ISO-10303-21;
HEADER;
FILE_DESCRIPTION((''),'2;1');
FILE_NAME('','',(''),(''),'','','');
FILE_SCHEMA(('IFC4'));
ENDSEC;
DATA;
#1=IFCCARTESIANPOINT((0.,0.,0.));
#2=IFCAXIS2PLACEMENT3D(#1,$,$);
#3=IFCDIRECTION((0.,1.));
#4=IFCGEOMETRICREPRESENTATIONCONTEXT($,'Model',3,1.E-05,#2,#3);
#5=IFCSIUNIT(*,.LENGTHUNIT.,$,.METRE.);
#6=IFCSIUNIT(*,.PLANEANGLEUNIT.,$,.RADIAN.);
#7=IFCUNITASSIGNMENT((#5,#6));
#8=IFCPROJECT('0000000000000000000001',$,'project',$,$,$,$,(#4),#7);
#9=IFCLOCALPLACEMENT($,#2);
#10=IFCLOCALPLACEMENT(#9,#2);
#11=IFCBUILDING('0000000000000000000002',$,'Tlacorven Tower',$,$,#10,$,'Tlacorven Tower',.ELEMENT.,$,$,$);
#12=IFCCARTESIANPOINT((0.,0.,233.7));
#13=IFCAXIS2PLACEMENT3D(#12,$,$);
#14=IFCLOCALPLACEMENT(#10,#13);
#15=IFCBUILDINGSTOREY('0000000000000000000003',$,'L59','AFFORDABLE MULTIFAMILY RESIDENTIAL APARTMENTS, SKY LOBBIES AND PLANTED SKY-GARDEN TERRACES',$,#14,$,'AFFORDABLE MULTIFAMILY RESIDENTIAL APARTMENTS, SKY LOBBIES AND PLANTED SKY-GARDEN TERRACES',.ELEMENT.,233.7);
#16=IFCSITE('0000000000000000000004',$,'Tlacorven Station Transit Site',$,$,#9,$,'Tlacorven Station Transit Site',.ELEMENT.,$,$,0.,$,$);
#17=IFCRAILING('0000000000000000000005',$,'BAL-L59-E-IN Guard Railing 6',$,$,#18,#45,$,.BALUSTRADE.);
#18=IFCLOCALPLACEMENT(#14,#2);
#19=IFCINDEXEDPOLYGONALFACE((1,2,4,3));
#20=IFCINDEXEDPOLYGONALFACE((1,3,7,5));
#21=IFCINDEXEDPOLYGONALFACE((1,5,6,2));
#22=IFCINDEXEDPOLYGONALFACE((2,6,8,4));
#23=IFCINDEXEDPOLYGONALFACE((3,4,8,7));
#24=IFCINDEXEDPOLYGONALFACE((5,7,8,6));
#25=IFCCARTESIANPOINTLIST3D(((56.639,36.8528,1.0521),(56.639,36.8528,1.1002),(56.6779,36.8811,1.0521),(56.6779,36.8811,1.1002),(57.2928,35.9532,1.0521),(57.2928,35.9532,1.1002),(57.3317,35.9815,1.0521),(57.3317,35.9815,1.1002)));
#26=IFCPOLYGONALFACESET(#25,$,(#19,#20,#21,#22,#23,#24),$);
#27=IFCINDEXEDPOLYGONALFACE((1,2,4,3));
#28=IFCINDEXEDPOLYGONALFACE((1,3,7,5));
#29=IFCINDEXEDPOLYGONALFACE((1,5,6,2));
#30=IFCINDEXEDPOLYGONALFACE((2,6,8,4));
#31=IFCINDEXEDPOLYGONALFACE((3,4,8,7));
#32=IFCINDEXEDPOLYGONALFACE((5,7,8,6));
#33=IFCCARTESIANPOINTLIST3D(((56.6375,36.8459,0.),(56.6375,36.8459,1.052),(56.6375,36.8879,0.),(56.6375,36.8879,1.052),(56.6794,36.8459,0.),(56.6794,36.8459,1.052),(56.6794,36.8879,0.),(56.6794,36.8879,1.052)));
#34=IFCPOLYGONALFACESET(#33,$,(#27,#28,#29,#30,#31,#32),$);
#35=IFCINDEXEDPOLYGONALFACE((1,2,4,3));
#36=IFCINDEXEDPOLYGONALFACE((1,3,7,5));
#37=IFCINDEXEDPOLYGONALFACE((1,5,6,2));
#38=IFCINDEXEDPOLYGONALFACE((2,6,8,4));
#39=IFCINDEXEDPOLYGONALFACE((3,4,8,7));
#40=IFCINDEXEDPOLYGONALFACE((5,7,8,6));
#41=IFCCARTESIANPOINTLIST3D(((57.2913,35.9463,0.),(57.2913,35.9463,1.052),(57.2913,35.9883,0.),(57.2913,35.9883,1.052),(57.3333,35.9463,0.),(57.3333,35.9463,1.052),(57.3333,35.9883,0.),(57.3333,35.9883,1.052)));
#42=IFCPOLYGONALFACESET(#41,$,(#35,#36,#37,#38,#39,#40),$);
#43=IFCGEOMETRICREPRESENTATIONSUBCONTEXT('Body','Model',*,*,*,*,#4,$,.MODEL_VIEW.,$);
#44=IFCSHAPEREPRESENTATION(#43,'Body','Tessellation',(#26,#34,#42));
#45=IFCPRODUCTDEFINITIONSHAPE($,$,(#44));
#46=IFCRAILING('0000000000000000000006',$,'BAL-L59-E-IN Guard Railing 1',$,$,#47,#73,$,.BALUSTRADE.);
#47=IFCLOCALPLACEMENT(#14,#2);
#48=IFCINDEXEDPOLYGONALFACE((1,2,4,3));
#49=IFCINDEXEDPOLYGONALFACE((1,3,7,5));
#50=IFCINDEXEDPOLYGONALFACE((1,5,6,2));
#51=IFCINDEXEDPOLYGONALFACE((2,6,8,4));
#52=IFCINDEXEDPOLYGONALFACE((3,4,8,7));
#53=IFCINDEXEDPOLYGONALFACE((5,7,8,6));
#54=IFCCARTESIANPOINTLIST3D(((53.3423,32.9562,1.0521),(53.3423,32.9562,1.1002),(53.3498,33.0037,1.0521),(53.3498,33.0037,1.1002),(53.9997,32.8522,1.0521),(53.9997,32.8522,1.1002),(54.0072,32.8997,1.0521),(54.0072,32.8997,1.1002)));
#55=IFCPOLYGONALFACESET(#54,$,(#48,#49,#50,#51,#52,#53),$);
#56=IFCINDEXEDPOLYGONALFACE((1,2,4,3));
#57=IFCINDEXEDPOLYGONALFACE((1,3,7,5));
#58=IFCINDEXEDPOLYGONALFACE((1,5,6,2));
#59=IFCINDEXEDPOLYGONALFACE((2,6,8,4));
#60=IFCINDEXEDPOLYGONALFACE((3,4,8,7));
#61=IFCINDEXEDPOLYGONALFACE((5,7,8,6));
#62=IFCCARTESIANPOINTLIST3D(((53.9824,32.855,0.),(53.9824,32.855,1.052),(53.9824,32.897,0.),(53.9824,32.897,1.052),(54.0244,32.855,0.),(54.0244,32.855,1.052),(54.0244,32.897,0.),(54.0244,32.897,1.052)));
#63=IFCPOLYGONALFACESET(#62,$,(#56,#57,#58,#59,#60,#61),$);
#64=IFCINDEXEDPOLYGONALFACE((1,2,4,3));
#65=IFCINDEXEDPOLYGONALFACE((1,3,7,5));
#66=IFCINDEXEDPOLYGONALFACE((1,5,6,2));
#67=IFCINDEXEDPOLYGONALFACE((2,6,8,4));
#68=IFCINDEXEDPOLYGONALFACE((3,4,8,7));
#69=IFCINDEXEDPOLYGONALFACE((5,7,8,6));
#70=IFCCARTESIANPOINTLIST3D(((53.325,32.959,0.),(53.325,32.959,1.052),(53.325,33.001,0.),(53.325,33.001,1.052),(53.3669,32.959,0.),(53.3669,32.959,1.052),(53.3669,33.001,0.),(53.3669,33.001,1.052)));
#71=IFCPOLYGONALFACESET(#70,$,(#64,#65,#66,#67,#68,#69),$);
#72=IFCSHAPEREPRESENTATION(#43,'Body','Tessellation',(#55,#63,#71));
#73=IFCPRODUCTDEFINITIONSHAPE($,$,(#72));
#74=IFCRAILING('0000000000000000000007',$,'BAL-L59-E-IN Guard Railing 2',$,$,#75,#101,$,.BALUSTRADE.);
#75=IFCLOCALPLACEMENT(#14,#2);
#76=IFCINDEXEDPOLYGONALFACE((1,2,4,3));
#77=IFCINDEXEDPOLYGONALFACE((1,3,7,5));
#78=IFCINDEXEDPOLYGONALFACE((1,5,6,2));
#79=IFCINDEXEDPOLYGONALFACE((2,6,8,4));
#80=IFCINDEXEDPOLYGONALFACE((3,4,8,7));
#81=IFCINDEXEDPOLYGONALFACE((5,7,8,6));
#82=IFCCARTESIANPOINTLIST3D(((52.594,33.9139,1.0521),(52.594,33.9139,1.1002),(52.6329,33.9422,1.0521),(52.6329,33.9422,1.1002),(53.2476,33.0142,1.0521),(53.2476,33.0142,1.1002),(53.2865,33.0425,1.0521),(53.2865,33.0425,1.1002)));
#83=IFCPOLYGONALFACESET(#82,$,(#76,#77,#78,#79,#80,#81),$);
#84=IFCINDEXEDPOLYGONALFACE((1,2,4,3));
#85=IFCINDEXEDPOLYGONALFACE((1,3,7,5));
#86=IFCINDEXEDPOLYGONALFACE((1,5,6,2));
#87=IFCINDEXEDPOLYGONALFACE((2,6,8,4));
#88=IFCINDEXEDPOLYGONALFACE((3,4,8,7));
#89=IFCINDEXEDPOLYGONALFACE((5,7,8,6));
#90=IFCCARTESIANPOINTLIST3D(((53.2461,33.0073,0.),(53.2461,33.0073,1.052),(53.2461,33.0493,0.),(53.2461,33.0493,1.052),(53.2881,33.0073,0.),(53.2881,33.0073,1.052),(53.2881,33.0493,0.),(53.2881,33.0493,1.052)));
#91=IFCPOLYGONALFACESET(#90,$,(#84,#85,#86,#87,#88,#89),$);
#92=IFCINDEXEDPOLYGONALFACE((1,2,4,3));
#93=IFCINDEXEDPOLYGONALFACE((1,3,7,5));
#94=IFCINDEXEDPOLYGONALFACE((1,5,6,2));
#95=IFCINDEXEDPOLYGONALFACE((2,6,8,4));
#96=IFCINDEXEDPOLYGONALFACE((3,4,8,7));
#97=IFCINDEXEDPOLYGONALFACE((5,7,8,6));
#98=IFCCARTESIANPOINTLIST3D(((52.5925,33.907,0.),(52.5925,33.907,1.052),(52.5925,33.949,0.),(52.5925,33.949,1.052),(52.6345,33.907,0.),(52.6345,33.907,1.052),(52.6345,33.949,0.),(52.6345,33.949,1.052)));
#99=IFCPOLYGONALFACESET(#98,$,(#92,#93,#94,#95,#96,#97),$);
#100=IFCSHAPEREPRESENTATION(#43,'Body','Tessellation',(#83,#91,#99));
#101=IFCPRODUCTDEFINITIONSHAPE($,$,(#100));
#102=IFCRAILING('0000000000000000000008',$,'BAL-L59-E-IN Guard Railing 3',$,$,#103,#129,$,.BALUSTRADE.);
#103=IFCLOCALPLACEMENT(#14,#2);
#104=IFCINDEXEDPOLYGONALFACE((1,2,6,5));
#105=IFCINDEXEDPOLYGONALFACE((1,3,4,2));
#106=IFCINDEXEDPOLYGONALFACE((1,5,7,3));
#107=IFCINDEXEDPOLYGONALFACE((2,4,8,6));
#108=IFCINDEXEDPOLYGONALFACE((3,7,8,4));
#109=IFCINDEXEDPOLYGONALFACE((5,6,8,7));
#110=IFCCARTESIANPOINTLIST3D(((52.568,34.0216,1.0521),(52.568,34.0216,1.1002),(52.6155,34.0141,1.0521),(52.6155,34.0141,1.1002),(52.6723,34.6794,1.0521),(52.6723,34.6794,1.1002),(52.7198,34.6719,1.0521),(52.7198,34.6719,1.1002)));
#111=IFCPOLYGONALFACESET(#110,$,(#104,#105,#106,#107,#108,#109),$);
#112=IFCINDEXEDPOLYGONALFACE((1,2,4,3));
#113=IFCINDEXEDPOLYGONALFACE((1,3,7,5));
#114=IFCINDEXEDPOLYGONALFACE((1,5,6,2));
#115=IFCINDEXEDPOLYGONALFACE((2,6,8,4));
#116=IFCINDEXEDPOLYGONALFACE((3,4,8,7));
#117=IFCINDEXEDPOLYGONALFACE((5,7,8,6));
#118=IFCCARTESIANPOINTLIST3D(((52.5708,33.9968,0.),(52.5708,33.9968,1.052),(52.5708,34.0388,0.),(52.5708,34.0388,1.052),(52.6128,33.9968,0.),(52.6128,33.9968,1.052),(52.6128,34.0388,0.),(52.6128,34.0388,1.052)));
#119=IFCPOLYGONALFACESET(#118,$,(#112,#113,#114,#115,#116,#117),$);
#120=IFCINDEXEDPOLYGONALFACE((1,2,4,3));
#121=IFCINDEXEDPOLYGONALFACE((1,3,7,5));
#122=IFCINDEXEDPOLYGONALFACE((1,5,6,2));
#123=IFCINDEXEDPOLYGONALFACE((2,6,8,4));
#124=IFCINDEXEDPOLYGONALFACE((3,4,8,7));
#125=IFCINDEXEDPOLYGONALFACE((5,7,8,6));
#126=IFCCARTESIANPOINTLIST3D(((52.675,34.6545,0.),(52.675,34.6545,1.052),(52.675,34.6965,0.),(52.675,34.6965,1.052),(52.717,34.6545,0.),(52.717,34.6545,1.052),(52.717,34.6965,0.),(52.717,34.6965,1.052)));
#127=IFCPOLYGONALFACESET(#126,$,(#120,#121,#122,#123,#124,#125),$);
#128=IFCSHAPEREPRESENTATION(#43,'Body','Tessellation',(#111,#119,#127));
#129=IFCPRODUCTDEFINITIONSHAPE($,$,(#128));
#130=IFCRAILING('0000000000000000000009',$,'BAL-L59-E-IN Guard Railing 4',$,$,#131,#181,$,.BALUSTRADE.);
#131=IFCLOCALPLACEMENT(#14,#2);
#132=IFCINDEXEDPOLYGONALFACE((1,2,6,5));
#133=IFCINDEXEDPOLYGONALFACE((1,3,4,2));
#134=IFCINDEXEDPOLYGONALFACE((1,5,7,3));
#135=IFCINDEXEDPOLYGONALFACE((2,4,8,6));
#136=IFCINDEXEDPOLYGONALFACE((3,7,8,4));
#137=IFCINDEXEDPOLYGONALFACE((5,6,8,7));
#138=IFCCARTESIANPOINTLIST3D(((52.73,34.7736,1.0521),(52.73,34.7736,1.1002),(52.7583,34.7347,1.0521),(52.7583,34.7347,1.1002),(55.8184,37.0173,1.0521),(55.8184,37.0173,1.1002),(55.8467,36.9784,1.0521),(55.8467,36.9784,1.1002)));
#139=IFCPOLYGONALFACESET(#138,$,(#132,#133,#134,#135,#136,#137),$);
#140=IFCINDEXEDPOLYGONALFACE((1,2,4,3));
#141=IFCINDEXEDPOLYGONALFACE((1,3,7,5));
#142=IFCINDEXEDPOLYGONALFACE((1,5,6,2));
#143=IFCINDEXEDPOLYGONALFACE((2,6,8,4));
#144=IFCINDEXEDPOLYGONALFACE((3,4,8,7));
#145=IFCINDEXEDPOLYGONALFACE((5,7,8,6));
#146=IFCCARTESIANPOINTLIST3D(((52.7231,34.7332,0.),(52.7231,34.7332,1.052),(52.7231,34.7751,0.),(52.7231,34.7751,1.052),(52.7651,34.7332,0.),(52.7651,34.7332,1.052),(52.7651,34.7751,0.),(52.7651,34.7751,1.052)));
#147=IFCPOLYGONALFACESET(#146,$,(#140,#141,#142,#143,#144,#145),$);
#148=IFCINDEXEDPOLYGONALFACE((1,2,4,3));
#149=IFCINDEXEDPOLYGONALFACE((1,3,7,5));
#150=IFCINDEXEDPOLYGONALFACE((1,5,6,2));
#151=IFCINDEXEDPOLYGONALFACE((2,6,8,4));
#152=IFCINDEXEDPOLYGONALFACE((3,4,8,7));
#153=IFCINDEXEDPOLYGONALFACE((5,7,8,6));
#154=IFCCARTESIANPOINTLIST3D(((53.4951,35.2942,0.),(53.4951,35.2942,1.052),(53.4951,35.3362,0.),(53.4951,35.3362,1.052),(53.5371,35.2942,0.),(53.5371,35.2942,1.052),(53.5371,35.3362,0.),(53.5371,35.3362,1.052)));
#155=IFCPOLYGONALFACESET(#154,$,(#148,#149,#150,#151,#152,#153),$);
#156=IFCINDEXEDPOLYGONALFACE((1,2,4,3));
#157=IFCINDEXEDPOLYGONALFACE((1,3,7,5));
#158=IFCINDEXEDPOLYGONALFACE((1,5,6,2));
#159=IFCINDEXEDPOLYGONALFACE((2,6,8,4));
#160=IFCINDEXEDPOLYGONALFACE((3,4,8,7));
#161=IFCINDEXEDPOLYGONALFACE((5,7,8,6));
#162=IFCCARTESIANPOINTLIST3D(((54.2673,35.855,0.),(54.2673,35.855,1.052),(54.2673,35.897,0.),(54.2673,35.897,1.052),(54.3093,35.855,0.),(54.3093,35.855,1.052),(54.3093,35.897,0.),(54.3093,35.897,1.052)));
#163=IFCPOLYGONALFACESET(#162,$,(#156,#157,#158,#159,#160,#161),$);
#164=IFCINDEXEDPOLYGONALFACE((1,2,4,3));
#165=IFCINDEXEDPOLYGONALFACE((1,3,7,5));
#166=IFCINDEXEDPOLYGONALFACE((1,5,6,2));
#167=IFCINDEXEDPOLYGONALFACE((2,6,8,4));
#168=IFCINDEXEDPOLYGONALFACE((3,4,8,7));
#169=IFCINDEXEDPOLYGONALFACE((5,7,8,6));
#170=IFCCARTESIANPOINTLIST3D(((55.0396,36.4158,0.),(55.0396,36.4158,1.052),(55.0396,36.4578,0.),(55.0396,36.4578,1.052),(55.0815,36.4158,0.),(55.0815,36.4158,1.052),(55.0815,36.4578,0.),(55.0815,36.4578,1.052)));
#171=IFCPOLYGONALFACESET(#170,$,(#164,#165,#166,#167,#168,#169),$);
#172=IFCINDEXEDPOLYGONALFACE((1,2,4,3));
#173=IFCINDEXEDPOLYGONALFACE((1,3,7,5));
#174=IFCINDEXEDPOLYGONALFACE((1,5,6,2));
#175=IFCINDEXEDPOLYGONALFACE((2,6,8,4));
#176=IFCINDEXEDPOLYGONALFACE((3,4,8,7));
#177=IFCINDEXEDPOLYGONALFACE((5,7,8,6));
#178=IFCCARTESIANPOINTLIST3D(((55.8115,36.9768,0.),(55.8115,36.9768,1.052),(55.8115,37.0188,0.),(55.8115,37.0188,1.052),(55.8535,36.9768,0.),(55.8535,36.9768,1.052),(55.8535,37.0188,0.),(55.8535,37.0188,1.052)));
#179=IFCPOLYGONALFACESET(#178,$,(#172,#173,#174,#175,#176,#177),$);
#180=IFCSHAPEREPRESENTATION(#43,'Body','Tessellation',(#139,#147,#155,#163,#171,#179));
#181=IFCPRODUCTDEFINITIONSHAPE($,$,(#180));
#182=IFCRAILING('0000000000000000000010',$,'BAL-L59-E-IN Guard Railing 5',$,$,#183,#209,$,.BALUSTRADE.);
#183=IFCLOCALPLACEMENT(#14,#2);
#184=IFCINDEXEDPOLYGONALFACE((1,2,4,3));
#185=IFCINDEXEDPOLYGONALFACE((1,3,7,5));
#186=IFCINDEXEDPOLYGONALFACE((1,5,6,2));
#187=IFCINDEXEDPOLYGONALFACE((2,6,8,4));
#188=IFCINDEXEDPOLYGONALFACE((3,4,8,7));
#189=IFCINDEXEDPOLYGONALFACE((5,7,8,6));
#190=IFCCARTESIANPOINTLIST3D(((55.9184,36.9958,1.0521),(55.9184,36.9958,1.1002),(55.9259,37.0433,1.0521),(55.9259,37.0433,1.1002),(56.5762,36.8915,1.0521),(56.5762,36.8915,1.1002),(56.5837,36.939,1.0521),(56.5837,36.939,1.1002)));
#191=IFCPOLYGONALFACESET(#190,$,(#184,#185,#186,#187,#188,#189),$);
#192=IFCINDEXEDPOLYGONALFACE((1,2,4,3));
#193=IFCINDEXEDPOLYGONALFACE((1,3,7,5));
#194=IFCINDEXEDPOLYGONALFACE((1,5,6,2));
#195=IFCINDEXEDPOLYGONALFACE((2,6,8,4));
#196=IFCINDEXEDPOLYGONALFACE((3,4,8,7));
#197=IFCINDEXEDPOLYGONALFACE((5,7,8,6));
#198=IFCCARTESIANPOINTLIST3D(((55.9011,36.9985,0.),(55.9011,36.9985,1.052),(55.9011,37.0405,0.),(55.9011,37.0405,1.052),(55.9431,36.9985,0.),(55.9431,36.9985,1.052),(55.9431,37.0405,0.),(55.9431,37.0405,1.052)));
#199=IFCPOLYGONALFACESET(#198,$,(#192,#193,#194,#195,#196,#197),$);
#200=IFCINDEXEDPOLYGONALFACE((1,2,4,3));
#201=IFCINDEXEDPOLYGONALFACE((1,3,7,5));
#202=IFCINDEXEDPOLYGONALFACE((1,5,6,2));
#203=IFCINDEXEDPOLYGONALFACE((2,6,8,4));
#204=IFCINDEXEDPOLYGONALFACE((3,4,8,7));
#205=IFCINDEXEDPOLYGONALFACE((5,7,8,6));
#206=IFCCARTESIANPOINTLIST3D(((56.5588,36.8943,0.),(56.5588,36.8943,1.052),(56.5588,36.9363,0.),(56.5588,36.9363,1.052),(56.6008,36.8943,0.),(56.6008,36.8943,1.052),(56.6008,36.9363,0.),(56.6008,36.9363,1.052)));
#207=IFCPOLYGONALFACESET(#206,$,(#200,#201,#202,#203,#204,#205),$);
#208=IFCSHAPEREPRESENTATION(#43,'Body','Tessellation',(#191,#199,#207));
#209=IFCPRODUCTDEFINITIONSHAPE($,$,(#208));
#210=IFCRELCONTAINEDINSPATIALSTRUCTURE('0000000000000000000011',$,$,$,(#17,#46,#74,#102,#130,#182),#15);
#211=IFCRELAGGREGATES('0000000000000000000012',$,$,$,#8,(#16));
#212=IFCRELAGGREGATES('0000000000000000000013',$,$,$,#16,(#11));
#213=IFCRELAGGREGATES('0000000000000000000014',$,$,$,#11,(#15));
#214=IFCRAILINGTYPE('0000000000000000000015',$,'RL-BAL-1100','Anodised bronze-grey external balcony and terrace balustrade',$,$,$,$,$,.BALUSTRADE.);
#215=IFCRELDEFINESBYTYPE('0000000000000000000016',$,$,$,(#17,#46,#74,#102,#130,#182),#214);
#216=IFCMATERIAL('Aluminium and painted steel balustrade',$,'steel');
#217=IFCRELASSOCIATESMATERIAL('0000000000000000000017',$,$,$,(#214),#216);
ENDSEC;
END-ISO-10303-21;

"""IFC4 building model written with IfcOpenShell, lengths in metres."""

from ifc_helpers import new_model, si_unit, direction, frame, origin, origin_2d, place, context, subcontext, project, spatial, rectangle, extrude, source, transform, mapped, material, type_object, element, save


model = new_model("IFC4")

# Units and contexts
model_context = context("Model", 3, precision=1e-05, world=origin(), true_north=direction((0.0, 1.0)))
body_context = subcontext(model_context, "Body", "Model", "MODEL_VIEW")
ifc_project = project(units=[si_unit("LENGTHUNIT", "METRE"), si_unit("PLANEANGLEUNIT", "RADIAN")], contexts=[model_context])

# Site, building, storey
site_placement = place(None, origin())
site = spatial("IfcSite", under=ifc_project, at=site_placement, Name="Tlacorven Station Transit Site", LongName="Tlacorven Station Transit Site", CompositionType="ELEMENT", RefElevation=0.0)
building_placement = place(site_placement, origin())
building = spatial("IfcBuilding", under=site, at=building_placement, Name="Tlacorven Tower", LongName="Tlacorven Tower", CompositionType="ELEMENT")
storey_placement = place(building_placement, frame((0.0, 0.0, 233.7)))
storey = spatial("IfcBuildingStorey", under=building, at=storey_placement, Name="L59", Description="AFFORDABLE MULTIFAMILY RESIDENTIAL APARTMENTS, SKY LOBBIES AND PLANTED SKY-GARDEN TERRACES", LongName="AFFORDABLE MULTIFAMILY RESIDENTIAL APARTMENTS, SKY LOBBIES AND PLANTED SKY-GARDEN TERRACES", CompositionType="ELEMENT", Elevation=233.7)

# Railings
ifc_material_1 = material(Name="Aluminium and painted steel balustrade", Category="steel")
railing_type_1 = type_object("IfcRailingType", Name="RL-BAL-1100", Description="Anodised bronze-grey external balcony and terrace balustrade", PredefinedType="BALUSTRADE", material=ifc_material_1)
shared_shape_1 = source(origin(), body_context, "Body", "SweptSolid", [
    extrude(rectangle(XDim=0.0481, YDim=0.0481, at=origin_2d()), frame((0.0, 0.0, 1.0762), z_axis=(0.587884, -0.808945, 0.0), x_axis=(0.808945, 0.587884, 0.0)), (0.0, 0.0, 1.0), 1.1121),
    extrude(rectangle(XDim=0.042, YDim=0.042, at=origin_2d()), origin(), (0.0, 0.0, 1.0), 1.052),
    extrude(rectangle(XDim=0.042, YDim=0.042, at=origin_2d()), frame((0.6538, -0.8997, 0.0)), (0.0, 0.0, 1.0), 1.052),
])
railing_1_placement = place(storey_placement, frame((56.6584, 36.8669, 0.0)))
element("IfcRailing", 1, at=railing_1_placement, inside=storey, type_object=railing_type_1, Name="BAL-L59-E-IN Guard Railing 6", PredefinedType="BALUSTRADE", context=body_context, shape_type="MappedRepresentation", body=[
    mapped(shared_shape_1, transform((0.0, 0.0, 0.0), scale=1.0)),
])
shared_shape_2 = source(origin(), body_context, "Body", "SweptSolid", [
    extrude(rectangle(XDim=0.0481, YDim=0.0481, at=origin_2d()), frame((0.0, 0.0, 1.0762), z_axis=(-0.987718, 0.156245, 0.0), x_axis=(-0.156245, -0.987718, 0.0)), (0.0, 0.0, 1.0), 0.6655),
    extrude(rectangle(XDim=0.042, YDim=0.042, at=origin_2d()), origin(), (0.0, 0.0, 1.0), 1.052),
    extrude(rectangle(XDim=0.042, YDim=0.042, at=origin_2d()), frame((-0.6575, 0.104, 0.0)), (0.0, 0.0, 1.0), 1.052),
])
railing_2_placement = place(storey_placement, frame((54.0034, 32.876, 0.0)))
element("IfcRailing", 2, at=railing_2_placement, inside=storey, type_object=railing_type_1, Name="BAL-L59-E-IN Guard Railing 1", PredefinedType="BALUSTRADE", context=body_context, shape_type="MappedRepresentation", body=[
    mapped(shared_shape_2, transform((0.0, 0.0, 0.0), scale=1.0)),
])
shared_shape_3 = source(origin(), body_context, "Body", "SweptSolid", [
    extrude(rectangle(XDim=0.0481, YDim=0.0481, at=origin_2d()), frame((0.0, 0.0, 1.0762), z_axis=(-0.587741, 0.809049, 0.0), x_axis=(-0.809049, -0.587741, 0.0)), (0.0, 0.0, 1.0), 1.1121),
    extrude(rectangle(XDim=0.042, YDim=0.042, at=origin_2d()), origin(), (0.0, 0.0, 1.0), 1.052),
    extrude(rectangle(XDim=0.042, YDim=0.042, at=origin_2d()), frame((-0.6536, 0.8997, 0.0)), (0.0, 0.0, 1.0), 1.052),
])
railing_3_placement = place(storey_placement, frame((53.2671, 33.0283, 0.0)))
element("IfcRailing", 3, at=railing_3_placement, inside=storey, type_object=railing_type_1, Name="BAL-L59-E-IN Guard Railing 2", PredefinedType="BALUSTRADE", context=body_context, shape_type="MappedRepresentation", body=[
    mapped(shared_shape_3, transform((0.0, 0.0, 0.0), scale=1.0)),
])
shared_shape_4 = source(origin(), body_context, "Body", "SweptSolid", [
    extrude(rectangle(XDim=0.0481, YDim=0.0481, at=origin_2d()), frame((0.0, 0.0, 1.0762), z_axis=(0.156546, 0.987671, 0.0), x_axis=(-0.987671, 0.156546, 0.0)), (0.0, 0.0, 1.0), 0.666),
    extrude(rectangle(XDim=0.042, YDim=0.042, at=origin_2d()), origin(), (0.0, 0.0, 1.0), 1.052),
    extrude(rectangle(XDim=0.042, YDim=0.042, at=origin_2d()), frame((0.1042, 0.6577, 0.0)), (0.0, 0.0, 1.0), 1.052),
])
railing_4_placement = place(storey_placement, frame((52.5918, 34.0178, 0.0)))
element("IfcRailing", 4, at=railing_4_placement, inside=storey, type_object=railing_type_1, Name="BAL-L59-E-IN Guard Railing 3", PredefinedType="BALUSTRADE", context=body_context, shape_type="MappedRepresentation", body=[
    mapped(shared_shape_4, transform((0.0, 0.0, 0.0), scale=1.0)),
])
shared_shape_5 = source(origin(), body_context, "Body", "SweptSolid", [
    extrude(rectangle(XDim=0.0481, YDim=0.0481, at=origin_2d()), frame((0.0, 0.0, 1.0762), z_axis=(0.80904, 0.587753, 0.0), x_axis=(-0.587753, 0.80904, 0.0)), (0.0, 0.0, 1.0), 3.8174),
    extrude(rectangle(XDim=0.042, YDim=0.042, at=origin_2d()), origin(), (0.0, 0.0, 1.0), 1.052),
    extrude(rectangle(XDim=0.042, YDim=0.042, at=origin_2d()), frame((0.772, 0.561, 0.0)), (0.0, 0.0, 1.0), 1.052),
    extrude(rectangle(XDim=0.042, YDim=0.042, at=origin_2d()), frame((1.5442, 1.1218, 0.0)), (0.0, 0.0, 1.0), 1.052),
    extrude(rectangle(XDim=0.042, YDim=0.042, at=origin_2d()), frame((2.3164, 1.6826, 0.0)), (0.0, 0.0, 1.0), 1.052),
    extrude(rectangle(XDim=0.042, YDim=0.042, at=origin_2d()), frame((3.0884, 2.2437, 0.0)), (0.0, 0.0, 1.0), 1.052),
])
railing_5_placement = place(storey_placement, frame((52.7441, 34.7542, 0.0)))
element("IfcRailing", 5, at=railing_5_placement, inside=storey, type_object=railing_type_1, Name="BAL-L59-E-IN Guard Railing 4", PredefinedType="BALUSTRADE", context=body_context, shape_type="MappedRepresentation", body=[
    mapped(shared_shape_5, transform((0.0, 0.0, 0.0), scale=1.0)),
])
shared_shape_6 = source(origin(), body_context, "Body", "SweptSolid", [
    extrude(rectangle(XDim=0.0481, YDim=0.0481, at=origin_2d()), frame((0.0, 0.0, 1.0762), z_axis=(0.987671, -0.156546, 0.0), x_axis=(0.156546, 0.987671, 0.0)), (0.0, 0.0, 1.0), 0.666),
    extrude(rectangle(XDim=0.042, YDim=0.042, at=origin_2d()), origin(), (0.0, 0.0, 1.0), 1.052),
    extrude(rectangle(XDim=0.042, YDim=0.042, at=origin_2d()), frame((0.6577, -0.1042, 0.0)), (0.0, 0.0, 1.0), 1.052),
])
railing_6_placement = place(storey_placement, frame((55.9221, 37.0195, 0.0)))
element("IfcRailing", 6, at=railing_6_placement, inside=storey, type_object=railing_type_1, Name="BAL-L59-E-IN Guard Railing 5", PredefinedType="BALUSTRADE", context=body_context, shape_type="MappedRepresentation", body=[
    mapped(shared_shape_6, transform((0.0, 0.0, 0.0), scale=1.0)),
])

save(model, "model.ifc")
